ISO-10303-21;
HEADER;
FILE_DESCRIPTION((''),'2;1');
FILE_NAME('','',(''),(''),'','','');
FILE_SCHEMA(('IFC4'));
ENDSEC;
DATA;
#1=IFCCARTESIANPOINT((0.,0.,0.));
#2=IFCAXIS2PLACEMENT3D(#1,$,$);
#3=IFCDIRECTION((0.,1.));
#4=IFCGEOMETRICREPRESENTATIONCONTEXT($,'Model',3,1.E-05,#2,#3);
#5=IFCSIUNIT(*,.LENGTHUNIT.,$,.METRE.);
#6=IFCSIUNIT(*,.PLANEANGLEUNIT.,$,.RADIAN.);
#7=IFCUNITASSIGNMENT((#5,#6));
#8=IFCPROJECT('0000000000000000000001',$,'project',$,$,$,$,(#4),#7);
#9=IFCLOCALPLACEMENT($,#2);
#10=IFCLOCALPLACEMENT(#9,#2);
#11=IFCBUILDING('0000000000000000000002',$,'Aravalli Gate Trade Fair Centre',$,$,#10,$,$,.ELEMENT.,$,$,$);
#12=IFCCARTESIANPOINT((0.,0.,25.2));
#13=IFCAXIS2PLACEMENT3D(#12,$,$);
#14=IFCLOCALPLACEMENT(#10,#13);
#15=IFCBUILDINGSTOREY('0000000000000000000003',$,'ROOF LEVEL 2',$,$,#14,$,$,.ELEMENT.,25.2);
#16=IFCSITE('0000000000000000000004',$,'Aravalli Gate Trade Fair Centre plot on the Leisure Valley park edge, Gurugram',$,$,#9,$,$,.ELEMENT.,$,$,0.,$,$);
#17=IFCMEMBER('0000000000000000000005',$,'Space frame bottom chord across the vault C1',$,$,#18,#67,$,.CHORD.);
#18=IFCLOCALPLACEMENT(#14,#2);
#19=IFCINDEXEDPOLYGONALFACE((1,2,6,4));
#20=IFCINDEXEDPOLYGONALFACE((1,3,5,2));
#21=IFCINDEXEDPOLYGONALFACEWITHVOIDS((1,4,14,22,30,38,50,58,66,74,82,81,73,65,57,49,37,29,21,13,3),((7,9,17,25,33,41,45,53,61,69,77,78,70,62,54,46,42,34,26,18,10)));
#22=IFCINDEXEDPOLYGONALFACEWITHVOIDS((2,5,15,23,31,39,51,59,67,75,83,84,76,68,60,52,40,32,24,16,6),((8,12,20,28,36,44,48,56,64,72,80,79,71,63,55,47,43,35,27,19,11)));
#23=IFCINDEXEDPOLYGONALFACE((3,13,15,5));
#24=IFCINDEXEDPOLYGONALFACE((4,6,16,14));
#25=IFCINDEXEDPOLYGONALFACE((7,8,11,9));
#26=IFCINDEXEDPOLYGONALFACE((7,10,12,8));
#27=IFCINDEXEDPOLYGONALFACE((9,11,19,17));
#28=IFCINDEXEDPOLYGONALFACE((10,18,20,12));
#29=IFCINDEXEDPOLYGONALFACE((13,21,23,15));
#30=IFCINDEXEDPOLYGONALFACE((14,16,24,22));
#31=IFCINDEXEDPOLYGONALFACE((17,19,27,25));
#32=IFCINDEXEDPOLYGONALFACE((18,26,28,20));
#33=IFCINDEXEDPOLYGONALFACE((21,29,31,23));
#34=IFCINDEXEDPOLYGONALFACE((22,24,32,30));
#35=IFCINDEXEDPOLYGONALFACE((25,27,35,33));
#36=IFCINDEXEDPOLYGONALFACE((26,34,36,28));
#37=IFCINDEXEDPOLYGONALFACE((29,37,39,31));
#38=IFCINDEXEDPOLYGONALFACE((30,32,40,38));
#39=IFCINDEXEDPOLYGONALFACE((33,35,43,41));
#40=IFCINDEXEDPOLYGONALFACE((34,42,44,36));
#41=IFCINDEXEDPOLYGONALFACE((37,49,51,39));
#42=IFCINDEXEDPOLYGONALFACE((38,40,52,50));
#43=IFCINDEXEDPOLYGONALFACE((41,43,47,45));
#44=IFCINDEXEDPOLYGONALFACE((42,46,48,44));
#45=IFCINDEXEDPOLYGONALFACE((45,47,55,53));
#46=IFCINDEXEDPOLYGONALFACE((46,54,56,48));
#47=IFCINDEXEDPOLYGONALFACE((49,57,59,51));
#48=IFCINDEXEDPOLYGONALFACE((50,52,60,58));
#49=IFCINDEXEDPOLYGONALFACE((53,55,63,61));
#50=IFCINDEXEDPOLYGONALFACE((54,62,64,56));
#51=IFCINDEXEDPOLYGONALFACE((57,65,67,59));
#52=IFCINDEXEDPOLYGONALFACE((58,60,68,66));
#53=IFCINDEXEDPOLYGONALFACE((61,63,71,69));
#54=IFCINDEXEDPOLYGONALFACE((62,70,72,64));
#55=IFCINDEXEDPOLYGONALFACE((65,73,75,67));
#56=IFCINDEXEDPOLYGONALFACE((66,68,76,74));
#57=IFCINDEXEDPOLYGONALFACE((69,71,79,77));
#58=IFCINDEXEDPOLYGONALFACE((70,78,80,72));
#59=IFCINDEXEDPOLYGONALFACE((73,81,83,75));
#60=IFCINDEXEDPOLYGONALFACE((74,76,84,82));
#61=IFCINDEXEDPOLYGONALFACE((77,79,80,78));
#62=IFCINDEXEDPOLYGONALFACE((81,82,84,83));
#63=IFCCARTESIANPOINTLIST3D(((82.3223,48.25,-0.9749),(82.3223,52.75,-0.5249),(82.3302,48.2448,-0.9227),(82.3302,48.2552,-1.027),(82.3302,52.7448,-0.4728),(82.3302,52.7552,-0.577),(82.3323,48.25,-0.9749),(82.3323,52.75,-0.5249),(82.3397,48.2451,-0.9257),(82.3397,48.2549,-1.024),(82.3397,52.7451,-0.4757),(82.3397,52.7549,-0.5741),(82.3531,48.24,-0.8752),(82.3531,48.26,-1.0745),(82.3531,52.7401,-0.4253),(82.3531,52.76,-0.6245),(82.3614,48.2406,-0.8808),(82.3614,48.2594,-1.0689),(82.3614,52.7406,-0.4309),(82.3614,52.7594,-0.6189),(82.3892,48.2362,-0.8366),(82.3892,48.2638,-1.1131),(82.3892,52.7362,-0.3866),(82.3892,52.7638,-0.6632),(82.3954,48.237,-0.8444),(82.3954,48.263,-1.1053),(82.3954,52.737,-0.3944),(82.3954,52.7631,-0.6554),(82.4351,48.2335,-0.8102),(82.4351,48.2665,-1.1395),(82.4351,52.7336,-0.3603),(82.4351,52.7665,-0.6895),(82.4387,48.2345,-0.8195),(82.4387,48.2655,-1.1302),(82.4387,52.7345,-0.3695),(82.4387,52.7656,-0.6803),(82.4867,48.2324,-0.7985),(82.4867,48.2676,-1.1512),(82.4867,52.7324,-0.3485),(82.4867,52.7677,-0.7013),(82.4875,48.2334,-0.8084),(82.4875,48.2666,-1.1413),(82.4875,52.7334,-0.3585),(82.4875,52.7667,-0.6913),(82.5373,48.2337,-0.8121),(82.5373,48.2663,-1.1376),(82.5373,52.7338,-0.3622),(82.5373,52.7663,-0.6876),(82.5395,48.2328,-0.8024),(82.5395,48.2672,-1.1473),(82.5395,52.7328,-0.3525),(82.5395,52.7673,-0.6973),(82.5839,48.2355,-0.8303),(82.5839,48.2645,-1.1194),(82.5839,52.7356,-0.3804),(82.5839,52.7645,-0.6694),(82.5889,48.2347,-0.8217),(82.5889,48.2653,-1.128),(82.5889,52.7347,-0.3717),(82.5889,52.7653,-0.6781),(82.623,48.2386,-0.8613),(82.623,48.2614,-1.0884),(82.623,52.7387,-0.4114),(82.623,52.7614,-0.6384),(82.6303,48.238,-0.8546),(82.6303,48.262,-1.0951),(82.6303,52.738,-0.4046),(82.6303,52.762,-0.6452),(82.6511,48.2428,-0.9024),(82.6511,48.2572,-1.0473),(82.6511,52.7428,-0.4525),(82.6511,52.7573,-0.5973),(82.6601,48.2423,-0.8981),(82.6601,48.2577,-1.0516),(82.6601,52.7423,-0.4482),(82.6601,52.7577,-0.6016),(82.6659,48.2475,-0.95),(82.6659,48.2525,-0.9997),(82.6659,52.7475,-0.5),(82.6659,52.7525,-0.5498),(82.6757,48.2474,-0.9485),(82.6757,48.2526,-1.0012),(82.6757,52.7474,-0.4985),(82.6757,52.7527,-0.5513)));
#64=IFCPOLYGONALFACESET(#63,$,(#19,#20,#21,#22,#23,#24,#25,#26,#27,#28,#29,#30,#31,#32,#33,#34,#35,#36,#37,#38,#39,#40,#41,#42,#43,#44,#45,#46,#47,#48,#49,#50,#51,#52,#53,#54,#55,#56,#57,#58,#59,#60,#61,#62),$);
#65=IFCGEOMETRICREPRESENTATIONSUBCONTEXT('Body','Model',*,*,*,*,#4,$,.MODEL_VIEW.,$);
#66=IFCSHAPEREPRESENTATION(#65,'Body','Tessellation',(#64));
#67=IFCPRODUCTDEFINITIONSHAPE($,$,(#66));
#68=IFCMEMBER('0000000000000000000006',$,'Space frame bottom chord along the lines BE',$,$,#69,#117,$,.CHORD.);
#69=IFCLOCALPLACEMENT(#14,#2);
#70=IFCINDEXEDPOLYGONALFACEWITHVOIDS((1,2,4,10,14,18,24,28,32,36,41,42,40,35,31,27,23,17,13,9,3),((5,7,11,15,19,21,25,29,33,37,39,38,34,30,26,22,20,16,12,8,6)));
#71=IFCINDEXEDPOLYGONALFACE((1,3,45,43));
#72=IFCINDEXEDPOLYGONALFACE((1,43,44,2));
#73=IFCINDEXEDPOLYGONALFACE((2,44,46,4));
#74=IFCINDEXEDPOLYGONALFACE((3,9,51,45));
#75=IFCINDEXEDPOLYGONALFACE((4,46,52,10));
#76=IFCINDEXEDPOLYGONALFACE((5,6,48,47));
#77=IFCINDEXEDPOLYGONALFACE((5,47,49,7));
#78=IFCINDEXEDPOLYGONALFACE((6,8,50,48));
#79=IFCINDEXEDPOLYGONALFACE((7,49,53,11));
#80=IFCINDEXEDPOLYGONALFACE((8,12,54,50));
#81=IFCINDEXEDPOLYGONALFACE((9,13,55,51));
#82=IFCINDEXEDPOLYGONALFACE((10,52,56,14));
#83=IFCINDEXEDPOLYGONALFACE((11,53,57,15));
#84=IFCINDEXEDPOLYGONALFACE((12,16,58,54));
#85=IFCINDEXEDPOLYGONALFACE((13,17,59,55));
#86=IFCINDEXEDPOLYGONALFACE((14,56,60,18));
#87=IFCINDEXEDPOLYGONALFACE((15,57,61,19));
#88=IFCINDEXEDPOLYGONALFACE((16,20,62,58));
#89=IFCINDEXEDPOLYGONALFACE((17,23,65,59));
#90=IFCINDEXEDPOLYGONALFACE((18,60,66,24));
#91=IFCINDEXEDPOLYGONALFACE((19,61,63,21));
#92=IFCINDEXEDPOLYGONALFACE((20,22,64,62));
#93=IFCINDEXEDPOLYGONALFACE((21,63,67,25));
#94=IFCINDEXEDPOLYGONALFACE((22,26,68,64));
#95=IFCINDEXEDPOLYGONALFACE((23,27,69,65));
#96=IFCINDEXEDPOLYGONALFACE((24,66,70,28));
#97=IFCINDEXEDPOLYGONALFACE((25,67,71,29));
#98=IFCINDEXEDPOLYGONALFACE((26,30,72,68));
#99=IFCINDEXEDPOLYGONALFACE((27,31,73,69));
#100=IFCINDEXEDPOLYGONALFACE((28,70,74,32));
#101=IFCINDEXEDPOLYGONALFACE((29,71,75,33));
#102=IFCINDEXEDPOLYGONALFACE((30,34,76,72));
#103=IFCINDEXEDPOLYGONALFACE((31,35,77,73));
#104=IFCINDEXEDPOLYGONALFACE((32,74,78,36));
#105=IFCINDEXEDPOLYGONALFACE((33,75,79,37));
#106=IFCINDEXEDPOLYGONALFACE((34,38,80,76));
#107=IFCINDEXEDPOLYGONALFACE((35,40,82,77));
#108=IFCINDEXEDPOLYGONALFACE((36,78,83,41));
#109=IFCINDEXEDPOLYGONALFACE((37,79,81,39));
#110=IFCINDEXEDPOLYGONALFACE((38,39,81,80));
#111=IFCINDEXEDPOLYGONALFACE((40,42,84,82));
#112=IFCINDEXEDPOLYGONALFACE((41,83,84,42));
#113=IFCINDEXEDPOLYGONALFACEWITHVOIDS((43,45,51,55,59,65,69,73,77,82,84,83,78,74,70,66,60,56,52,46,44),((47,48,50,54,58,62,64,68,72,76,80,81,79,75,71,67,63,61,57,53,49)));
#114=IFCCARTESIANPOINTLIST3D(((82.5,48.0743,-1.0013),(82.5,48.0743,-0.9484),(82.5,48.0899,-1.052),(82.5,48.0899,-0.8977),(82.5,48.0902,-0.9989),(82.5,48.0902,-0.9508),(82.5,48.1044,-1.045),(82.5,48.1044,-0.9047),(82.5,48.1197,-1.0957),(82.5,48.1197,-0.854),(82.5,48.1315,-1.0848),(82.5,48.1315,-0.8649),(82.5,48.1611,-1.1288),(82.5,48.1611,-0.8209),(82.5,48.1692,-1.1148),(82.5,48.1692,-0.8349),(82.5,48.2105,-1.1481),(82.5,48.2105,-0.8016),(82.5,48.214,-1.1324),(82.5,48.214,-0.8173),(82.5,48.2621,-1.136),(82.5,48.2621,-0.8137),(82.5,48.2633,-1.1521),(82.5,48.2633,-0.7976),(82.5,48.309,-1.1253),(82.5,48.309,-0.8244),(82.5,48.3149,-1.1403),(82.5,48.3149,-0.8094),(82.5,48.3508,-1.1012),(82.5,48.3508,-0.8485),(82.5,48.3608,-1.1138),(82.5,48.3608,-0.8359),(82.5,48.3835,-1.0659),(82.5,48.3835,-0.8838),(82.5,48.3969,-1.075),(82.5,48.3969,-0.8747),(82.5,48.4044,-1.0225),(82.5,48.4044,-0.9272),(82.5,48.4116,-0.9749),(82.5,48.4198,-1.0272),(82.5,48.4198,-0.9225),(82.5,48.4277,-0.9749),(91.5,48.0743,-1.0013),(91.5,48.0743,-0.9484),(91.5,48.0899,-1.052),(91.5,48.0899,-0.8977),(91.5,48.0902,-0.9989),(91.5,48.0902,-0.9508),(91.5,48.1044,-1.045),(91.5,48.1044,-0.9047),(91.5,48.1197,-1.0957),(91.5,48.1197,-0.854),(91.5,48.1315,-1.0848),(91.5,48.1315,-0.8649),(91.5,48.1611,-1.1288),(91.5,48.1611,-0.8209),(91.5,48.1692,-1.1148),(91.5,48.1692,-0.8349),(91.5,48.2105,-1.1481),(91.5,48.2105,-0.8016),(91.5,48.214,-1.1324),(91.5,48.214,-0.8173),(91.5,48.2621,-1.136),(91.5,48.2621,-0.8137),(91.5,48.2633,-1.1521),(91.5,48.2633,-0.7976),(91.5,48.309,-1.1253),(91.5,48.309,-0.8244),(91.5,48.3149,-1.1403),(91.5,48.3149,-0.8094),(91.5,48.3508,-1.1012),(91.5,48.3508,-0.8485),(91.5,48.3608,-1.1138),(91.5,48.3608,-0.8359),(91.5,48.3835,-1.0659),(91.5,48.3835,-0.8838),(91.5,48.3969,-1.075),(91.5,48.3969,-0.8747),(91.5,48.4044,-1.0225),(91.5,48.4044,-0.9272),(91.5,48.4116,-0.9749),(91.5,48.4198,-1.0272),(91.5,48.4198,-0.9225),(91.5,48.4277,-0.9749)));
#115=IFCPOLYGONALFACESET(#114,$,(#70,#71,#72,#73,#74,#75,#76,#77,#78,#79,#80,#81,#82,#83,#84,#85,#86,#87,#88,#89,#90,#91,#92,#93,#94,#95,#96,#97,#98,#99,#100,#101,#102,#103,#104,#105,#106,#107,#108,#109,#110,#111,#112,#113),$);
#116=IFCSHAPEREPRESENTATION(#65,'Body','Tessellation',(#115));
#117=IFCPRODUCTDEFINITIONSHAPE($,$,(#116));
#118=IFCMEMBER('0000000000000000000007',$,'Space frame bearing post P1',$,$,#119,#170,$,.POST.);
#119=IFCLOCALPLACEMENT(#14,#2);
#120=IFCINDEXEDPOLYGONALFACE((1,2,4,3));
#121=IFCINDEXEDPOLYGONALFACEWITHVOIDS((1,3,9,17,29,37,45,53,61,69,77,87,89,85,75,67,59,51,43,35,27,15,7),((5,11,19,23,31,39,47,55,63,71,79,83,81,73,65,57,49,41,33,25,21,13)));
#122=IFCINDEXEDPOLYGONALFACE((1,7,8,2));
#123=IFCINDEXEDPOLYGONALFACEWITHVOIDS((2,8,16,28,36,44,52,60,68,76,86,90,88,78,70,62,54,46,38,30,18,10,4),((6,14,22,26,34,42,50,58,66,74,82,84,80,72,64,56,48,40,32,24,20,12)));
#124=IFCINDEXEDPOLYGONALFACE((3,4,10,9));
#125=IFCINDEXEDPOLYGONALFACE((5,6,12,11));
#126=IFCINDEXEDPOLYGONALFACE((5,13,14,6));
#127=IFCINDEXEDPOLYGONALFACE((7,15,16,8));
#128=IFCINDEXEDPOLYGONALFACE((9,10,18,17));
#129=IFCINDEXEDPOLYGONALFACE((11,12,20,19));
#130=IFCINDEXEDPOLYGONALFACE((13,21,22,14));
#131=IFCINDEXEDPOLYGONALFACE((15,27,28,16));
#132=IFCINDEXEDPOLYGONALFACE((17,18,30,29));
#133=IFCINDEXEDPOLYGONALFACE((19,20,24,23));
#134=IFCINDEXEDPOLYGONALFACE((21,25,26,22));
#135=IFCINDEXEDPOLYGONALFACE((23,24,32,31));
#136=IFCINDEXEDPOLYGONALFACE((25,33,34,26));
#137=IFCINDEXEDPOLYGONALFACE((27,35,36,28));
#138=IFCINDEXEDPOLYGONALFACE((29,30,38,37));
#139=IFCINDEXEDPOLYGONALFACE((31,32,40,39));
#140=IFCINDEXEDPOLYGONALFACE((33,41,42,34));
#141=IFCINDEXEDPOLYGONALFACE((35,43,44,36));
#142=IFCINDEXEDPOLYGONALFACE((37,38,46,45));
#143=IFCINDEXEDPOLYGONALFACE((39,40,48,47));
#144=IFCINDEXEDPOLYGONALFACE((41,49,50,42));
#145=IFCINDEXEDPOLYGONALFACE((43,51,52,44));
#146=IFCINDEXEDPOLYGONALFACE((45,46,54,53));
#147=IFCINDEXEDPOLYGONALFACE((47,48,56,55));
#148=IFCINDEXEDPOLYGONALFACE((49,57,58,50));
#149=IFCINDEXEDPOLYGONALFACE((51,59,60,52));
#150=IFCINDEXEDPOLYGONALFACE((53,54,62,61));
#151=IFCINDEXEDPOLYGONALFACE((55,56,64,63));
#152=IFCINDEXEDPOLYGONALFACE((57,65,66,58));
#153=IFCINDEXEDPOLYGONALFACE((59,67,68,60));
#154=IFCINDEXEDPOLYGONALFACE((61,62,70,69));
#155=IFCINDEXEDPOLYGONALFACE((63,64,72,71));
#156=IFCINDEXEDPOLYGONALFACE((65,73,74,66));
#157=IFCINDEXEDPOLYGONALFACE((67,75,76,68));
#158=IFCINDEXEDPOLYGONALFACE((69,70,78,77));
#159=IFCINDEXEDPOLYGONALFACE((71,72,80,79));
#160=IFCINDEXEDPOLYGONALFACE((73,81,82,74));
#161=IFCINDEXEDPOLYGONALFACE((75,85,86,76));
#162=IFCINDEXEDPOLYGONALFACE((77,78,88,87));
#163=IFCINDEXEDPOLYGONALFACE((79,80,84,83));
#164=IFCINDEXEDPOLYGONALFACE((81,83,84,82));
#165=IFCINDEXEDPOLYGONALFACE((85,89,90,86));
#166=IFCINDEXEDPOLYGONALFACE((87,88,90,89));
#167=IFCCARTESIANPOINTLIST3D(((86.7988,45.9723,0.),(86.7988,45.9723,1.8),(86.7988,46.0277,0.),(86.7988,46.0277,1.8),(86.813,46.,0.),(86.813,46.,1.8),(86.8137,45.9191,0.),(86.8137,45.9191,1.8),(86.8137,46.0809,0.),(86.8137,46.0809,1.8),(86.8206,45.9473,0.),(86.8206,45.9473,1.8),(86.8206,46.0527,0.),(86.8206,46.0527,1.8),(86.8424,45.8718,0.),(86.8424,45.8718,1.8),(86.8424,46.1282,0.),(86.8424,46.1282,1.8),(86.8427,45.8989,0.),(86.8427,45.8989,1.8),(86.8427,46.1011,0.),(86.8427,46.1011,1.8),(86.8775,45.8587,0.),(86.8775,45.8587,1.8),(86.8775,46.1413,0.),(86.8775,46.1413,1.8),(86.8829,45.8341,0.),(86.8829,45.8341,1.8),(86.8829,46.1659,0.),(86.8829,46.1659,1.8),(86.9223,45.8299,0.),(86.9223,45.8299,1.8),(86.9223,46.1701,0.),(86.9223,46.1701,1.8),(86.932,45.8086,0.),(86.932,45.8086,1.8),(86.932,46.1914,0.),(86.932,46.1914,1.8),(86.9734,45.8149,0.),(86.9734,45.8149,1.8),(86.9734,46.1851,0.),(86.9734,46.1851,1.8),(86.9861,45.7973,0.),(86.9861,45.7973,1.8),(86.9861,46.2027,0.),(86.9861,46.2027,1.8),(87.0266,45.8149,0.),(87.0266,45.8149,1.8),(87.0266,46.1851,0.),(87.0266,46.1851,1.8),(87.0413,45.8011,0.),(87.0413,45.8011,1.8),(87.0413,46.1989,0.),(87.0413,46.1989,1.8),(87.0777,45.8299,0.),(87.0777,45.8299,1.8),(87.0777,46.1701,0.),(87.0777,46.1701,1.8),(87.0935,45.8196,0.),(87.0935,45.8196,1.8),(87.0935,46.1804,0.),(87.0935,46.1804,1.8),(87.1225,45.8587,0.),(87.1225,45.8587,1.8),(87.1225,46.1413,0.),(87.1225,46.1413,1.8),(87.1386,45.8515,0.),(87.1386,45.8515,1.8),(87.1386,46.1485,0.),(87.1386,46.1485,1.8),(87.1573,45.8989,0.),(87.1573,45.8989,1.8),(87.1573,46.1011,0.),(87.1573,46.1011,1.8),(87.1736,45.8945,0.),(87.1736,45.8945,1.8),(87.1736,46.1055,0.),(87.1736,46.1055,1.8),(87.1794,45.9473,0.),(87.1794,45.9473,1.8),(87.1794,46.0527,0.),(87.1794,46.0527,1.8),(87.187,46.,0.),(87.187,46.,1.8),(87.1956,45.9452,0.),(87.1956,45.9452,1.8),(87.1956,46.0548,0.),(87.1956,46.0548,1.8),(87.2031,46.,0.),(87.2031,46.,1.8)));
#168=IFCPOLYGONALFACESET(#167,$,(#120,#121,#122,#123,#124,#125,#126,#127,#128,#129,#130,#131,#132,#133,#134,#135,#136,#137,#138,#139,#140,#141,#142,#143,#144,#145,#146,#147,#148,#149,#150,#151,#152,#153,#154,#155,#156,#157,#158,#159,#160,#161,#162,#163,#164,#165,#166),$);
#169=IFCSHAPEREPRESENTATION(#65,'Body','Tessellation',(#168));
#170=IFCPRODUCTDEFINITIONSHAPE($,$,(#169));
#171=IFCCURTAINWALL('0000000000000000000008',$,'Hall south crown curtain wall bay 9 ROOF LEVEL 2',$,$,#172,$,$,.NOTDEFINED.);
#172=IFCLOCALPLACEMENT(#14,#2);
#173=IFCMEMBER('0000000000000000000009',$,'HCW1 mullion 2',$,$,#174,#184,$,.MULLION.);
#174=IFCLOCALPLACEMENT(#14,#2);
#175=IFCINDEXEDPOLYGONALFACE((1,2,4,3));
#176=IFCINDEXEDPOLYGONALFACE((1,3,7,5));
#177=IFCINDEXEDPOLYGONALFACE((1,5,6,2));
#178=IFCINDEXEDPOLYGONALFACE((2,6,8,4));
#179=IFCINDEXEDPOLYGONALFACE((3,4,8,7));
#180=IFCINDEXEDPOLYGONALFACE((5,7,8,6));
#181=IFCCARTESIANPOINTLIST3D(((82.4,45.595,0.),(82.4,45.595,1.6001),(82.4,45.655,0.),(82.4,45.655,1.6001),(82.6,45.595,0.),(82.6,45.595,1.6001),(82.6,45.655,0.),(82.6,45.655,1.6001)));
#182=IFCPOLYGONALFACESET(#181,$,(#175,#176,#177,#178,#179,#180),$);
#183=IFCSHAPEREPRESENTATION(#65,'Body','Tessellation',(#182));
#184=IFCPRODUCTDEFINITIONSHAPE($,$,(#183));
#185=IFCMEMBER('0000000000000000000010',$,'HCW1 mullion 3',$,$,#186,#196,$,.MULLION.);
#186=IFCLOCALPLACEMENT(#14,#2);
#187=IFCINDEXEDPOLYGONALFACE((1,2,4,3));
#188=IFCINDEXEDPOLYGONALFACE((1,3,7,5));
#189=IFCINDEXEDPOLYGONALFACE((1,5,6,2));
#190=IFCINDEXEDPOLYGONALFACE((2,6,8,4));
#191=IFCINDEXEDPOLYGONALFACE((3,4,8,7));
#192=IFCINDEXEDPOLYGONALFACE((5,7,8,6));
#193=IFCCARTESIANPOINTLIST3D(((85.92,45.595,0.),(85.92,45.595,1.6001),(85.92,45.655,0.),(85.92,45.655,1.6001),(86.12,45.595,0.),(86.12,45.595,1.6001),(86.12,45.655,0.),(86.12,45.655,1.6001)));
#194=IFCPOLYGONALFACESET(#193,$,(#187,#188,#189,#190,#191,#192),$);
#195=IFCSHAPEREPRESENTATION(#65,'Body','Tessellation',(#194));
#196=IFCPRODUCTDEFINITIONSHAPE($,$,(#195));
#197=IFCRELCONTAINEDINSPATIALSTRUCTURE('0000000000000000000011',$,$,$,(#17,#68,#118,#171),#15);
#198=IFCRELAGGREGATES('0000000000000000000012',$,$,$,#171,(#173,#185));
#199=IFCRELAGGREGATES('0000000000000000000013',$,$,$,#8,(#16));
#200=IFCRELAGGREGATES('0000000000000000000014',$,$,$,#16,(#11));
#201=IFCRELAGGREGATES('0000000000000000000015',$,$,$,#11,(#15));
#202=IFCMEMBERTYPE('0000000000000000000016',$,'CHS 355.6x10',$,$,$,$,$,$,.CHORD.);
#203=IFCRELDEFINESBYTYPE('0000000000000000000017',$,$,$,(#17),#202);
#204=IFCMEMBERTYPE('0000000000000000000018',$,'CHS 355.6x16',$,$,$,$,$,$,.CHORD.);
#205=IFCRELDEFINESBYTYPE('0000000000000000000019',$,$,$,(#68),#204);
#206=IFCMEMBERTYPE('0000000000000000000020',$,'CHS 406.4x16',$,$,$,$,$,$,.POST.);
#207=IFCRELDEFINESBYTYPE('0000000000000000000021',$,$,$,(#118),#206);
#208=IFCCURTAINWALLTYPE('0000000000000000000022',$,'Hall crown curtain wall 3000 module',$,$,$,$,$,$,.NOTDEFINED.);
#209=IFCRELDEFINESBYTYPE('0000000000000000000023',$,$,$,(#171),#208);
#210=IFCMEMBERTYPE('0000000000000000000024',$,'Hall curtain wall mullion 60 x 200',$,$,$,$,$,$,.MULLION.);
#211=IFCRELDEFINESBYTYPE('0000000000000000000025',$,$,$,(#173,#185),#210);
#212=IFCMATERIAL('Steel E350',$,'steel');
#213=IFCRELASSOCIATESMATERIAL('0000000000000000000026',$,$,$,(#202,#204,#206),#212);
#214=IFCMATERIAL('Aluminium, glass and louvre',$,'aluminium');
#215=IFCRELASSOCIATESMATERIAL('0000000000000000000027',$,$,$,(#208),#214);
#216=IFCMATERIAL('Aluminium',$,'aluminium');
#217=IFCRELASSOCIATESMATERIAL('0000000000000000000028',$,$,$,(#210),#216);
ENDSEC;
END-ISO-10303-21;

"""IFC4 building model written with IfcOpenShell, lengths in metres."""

from ifc_helpers import new_model, si_unit, direction, frame, origin, origin_2d, place, context, subcontext, project, spatial, rectangle, hollow_circle, extrude, material, material_profile, profile_set, type_object, element, aggregate, save


model = new_model("IFC4")

# Units and contexts
model_context = context("Model", 3, precision=1e-05, world=origin(), true_north=direction((0.0, 1.0)))
body_context = subcontext(model_context, "Body", "Model", "MODEL_VIEW")
ifc_project = project(units=[si_unit("LENGTHUNIT", "METRE"), si_unit("PLANEANGLEUNIT", "RADIAN")], contexts=[model_context])

# Site, building, storey
site_placement = place(None, origin())
site = spatial("IfcSite", under=ifc_project, at=site_placement, Name="Aravalli Gate Trade Fair Centre plot on the Leisure Valley park edge, Gurugram", CompositionType="ELEMENT", RefElevation=0.0)
building_placement = place(site_placement, origin())
building = spatial("IfcBuilding", under=site, at=building_placement, Name="Aravalli Gate Trade Fair Centre", CompositionType="ELEMENT")
storey_placement = place(building_placement, frame((0.0, 0.0, 25.2)))
storey = spatial("IfcBuildingStorey", under=building, at=storey_placement, Name="ROOF LEVEL 2", CompositionType="ELEMENT", Elevation=25.2)

# Members
ifc_material_1 = material(Name="Steel E350", Category="steel")
ifc_material_profile_1 = material_profile(ifc_material_1, hollow_circle(Radius=0.1777, WallThickness=0.01, at=origin_2d()), Name="CHS 355.6x10")
ifc_profile_set_1 = profile_set([ifc_material_profile_1], Name="Steel E350")
member_type_1 = type_object("IfcMemberType", Name="CHS 355.6x10", PredefinedType="CHORD", material=ifc_profile_set_1)
member_1_placement = place(storey_placement, frame((82.5, 48.25, -0.9749), z_axis=(0.0, 0.995038, 0.099493), x_axis=(-1.0, 0.0, 0.0)))
element("IfcMember", 1, at=member_1_placement, inside=storey, type_object=member_type_1, Name="Space frame bottom chord across the vault C1", PredefinedType="CHORD", context=body_context, shape_type="SweptSolid", body=[
    extrude(hollow_circle(Radius=0.1777, WallThickness=0.01, at=origin_2d()), origin(), (0.0, 0.0, 1.0), 4.5225),
])
ifc_material_profile_2 = material_profile(ifc_material_1, hollow_circle(Radius=0.1777, WallThickness=0.0161, at=origin_2d()), Name="CHS 355.6x16")
ifc_profile_set_2 = profile_set([ifc_material_profile_2], Name="Steel E350")
member_type_2 = type_object("IfcMemberType", Name="CHS 355.6x16", PredefinedType="CHORD", material=ifc_profile_set_2)
member_2_placement = place(storey_placement, frame((82.5, 48.25, -0.9749), z_axis=(1.0, 0.0, 0.0), x_axis=(0.0, 1.0, 0.0)))
element("IfcMember", 2, at=member_2_placement, inside=storey, type_object=member_type_2, Name="Space frame bottom chord along the lines BE", PredefinedType="CHORD", context=body_context, shape_type="SweptSolid", body=[
    extrude(hollow_circle(Radius=0.1777, WallThickness=0.0161, at=origin_2d()), origin(), (0.0, 0.0, 1.0), 9.0),
])
ifc_material_profile_3 = material_profile(ifc_material_1, hollow_circle(Radius=0.2031, WallThickness=0.0161, at=origin_2d()), Name="CHS 406.4x16")
ifc_profile_set_3 = profile_set([ifc_material_profile_3], Name="Steel E350")
member_type_3 = type_object("IfcMemberType", Name="CHS 406.4x16", PredefinedType="POST", material=ifc_profile_set_3)
member_3_placement = place(storey_placement, frame((87.0, 46.0, 0.0), z_axis=(0.0, 0.0, 1.0), x_axis=(1.0, 0.0, 0.0)))
element("IfcMember", 3, at=member_3_placement, inside=storey, type_object=member_type_3, Name="Space frame bearing post P1", PredefinedType="POST", context=body_context, shape_type="SweptSolid", body=[
    extrude(hollow_circle(Radius=0.2031, WallThickness=0.0161, at=origin_2d()), origin(), (0.0, 0.0, 1.0), 1.8),
])

# Curtain wall, members
ifc_material_2 = material(Name="Aluminium, glass and louvre", Category="aluminium")
curtain_wall_type = type_object("IfcCurtainWallType", Name="Hall crown curtain wall 3000 module", PredefinedType="NOTDEFINED", material=ifc_material_2)
curtain_wall_placement = place(storey_placement, origin())
curtain_wall = element("IfcCurtainWall", 4, at=curtain_wall_placement, inside=storey, type_object=curtain_wall_type, Name="Hall south crown curtain wall bay 9 ROOF LEVEL 2", PredefinedType="NOTDEFINED")
ifc_material_3 = material(Name="Aluminium", Category="aluminium")
ifc_material_profile_4 = material_profile(ifc_material_3, rectangle(XDim=0.0601, YDim=0.2, at=origin_2d()), Name="Hall curtain wall mullion 60 x 200")
ifc_profile_set_4 = profile_set([ifc_material_profile_4], Name="Aluminium")
member_type_4 = type_object("IfcMemberType", Name="Hall curtain wall mullion 60 x 200", PredefinedType="MULLION", material=ifc_profile_set_4)
member_4_placement = place(storey_placement, frame((82.5, 45.625, 0.0), z_axis=(0.0, 0.0, 1.0), x_axis=(0.0, 1.0, 0.0)))
member_4 = element("IfcMember", 5, at=member_4_placement, type_object=member_type_4, Name="HCW1 mullion 2", PredefinedType="MULLION", context=body_context, shape_type="SweptSolid", body=[
    extrude(rectangle(XDim=0.0601, YDim=0.2, at=origin_2d()), origin(), (0.0, 0.0, 1.0), 1.6001),
])
member_5_placement = place(storey_placement, frame((86.02, 45.625, 0.0), z_axis=(0.0, 0.0, 1.0), x_axis=(0.0, 1.0, 0.0)))
member_5 = element("IfcMember", 6, at=member_5_placement, type_object=member_type_4, Name="HCW1 mullion 3", PredefinedType="MULLION", context=body_context, shape_type="SweptSolid", body=[
    extrude(rectangle(XDim=0.0601, YDim=0.2, at=origin_2d()), origin(), (0.0, 0.0, 1.0), 1.6001),
])
aggregate(curtain_wall, [member_4, member_5])

save(model, "model.ifc")
